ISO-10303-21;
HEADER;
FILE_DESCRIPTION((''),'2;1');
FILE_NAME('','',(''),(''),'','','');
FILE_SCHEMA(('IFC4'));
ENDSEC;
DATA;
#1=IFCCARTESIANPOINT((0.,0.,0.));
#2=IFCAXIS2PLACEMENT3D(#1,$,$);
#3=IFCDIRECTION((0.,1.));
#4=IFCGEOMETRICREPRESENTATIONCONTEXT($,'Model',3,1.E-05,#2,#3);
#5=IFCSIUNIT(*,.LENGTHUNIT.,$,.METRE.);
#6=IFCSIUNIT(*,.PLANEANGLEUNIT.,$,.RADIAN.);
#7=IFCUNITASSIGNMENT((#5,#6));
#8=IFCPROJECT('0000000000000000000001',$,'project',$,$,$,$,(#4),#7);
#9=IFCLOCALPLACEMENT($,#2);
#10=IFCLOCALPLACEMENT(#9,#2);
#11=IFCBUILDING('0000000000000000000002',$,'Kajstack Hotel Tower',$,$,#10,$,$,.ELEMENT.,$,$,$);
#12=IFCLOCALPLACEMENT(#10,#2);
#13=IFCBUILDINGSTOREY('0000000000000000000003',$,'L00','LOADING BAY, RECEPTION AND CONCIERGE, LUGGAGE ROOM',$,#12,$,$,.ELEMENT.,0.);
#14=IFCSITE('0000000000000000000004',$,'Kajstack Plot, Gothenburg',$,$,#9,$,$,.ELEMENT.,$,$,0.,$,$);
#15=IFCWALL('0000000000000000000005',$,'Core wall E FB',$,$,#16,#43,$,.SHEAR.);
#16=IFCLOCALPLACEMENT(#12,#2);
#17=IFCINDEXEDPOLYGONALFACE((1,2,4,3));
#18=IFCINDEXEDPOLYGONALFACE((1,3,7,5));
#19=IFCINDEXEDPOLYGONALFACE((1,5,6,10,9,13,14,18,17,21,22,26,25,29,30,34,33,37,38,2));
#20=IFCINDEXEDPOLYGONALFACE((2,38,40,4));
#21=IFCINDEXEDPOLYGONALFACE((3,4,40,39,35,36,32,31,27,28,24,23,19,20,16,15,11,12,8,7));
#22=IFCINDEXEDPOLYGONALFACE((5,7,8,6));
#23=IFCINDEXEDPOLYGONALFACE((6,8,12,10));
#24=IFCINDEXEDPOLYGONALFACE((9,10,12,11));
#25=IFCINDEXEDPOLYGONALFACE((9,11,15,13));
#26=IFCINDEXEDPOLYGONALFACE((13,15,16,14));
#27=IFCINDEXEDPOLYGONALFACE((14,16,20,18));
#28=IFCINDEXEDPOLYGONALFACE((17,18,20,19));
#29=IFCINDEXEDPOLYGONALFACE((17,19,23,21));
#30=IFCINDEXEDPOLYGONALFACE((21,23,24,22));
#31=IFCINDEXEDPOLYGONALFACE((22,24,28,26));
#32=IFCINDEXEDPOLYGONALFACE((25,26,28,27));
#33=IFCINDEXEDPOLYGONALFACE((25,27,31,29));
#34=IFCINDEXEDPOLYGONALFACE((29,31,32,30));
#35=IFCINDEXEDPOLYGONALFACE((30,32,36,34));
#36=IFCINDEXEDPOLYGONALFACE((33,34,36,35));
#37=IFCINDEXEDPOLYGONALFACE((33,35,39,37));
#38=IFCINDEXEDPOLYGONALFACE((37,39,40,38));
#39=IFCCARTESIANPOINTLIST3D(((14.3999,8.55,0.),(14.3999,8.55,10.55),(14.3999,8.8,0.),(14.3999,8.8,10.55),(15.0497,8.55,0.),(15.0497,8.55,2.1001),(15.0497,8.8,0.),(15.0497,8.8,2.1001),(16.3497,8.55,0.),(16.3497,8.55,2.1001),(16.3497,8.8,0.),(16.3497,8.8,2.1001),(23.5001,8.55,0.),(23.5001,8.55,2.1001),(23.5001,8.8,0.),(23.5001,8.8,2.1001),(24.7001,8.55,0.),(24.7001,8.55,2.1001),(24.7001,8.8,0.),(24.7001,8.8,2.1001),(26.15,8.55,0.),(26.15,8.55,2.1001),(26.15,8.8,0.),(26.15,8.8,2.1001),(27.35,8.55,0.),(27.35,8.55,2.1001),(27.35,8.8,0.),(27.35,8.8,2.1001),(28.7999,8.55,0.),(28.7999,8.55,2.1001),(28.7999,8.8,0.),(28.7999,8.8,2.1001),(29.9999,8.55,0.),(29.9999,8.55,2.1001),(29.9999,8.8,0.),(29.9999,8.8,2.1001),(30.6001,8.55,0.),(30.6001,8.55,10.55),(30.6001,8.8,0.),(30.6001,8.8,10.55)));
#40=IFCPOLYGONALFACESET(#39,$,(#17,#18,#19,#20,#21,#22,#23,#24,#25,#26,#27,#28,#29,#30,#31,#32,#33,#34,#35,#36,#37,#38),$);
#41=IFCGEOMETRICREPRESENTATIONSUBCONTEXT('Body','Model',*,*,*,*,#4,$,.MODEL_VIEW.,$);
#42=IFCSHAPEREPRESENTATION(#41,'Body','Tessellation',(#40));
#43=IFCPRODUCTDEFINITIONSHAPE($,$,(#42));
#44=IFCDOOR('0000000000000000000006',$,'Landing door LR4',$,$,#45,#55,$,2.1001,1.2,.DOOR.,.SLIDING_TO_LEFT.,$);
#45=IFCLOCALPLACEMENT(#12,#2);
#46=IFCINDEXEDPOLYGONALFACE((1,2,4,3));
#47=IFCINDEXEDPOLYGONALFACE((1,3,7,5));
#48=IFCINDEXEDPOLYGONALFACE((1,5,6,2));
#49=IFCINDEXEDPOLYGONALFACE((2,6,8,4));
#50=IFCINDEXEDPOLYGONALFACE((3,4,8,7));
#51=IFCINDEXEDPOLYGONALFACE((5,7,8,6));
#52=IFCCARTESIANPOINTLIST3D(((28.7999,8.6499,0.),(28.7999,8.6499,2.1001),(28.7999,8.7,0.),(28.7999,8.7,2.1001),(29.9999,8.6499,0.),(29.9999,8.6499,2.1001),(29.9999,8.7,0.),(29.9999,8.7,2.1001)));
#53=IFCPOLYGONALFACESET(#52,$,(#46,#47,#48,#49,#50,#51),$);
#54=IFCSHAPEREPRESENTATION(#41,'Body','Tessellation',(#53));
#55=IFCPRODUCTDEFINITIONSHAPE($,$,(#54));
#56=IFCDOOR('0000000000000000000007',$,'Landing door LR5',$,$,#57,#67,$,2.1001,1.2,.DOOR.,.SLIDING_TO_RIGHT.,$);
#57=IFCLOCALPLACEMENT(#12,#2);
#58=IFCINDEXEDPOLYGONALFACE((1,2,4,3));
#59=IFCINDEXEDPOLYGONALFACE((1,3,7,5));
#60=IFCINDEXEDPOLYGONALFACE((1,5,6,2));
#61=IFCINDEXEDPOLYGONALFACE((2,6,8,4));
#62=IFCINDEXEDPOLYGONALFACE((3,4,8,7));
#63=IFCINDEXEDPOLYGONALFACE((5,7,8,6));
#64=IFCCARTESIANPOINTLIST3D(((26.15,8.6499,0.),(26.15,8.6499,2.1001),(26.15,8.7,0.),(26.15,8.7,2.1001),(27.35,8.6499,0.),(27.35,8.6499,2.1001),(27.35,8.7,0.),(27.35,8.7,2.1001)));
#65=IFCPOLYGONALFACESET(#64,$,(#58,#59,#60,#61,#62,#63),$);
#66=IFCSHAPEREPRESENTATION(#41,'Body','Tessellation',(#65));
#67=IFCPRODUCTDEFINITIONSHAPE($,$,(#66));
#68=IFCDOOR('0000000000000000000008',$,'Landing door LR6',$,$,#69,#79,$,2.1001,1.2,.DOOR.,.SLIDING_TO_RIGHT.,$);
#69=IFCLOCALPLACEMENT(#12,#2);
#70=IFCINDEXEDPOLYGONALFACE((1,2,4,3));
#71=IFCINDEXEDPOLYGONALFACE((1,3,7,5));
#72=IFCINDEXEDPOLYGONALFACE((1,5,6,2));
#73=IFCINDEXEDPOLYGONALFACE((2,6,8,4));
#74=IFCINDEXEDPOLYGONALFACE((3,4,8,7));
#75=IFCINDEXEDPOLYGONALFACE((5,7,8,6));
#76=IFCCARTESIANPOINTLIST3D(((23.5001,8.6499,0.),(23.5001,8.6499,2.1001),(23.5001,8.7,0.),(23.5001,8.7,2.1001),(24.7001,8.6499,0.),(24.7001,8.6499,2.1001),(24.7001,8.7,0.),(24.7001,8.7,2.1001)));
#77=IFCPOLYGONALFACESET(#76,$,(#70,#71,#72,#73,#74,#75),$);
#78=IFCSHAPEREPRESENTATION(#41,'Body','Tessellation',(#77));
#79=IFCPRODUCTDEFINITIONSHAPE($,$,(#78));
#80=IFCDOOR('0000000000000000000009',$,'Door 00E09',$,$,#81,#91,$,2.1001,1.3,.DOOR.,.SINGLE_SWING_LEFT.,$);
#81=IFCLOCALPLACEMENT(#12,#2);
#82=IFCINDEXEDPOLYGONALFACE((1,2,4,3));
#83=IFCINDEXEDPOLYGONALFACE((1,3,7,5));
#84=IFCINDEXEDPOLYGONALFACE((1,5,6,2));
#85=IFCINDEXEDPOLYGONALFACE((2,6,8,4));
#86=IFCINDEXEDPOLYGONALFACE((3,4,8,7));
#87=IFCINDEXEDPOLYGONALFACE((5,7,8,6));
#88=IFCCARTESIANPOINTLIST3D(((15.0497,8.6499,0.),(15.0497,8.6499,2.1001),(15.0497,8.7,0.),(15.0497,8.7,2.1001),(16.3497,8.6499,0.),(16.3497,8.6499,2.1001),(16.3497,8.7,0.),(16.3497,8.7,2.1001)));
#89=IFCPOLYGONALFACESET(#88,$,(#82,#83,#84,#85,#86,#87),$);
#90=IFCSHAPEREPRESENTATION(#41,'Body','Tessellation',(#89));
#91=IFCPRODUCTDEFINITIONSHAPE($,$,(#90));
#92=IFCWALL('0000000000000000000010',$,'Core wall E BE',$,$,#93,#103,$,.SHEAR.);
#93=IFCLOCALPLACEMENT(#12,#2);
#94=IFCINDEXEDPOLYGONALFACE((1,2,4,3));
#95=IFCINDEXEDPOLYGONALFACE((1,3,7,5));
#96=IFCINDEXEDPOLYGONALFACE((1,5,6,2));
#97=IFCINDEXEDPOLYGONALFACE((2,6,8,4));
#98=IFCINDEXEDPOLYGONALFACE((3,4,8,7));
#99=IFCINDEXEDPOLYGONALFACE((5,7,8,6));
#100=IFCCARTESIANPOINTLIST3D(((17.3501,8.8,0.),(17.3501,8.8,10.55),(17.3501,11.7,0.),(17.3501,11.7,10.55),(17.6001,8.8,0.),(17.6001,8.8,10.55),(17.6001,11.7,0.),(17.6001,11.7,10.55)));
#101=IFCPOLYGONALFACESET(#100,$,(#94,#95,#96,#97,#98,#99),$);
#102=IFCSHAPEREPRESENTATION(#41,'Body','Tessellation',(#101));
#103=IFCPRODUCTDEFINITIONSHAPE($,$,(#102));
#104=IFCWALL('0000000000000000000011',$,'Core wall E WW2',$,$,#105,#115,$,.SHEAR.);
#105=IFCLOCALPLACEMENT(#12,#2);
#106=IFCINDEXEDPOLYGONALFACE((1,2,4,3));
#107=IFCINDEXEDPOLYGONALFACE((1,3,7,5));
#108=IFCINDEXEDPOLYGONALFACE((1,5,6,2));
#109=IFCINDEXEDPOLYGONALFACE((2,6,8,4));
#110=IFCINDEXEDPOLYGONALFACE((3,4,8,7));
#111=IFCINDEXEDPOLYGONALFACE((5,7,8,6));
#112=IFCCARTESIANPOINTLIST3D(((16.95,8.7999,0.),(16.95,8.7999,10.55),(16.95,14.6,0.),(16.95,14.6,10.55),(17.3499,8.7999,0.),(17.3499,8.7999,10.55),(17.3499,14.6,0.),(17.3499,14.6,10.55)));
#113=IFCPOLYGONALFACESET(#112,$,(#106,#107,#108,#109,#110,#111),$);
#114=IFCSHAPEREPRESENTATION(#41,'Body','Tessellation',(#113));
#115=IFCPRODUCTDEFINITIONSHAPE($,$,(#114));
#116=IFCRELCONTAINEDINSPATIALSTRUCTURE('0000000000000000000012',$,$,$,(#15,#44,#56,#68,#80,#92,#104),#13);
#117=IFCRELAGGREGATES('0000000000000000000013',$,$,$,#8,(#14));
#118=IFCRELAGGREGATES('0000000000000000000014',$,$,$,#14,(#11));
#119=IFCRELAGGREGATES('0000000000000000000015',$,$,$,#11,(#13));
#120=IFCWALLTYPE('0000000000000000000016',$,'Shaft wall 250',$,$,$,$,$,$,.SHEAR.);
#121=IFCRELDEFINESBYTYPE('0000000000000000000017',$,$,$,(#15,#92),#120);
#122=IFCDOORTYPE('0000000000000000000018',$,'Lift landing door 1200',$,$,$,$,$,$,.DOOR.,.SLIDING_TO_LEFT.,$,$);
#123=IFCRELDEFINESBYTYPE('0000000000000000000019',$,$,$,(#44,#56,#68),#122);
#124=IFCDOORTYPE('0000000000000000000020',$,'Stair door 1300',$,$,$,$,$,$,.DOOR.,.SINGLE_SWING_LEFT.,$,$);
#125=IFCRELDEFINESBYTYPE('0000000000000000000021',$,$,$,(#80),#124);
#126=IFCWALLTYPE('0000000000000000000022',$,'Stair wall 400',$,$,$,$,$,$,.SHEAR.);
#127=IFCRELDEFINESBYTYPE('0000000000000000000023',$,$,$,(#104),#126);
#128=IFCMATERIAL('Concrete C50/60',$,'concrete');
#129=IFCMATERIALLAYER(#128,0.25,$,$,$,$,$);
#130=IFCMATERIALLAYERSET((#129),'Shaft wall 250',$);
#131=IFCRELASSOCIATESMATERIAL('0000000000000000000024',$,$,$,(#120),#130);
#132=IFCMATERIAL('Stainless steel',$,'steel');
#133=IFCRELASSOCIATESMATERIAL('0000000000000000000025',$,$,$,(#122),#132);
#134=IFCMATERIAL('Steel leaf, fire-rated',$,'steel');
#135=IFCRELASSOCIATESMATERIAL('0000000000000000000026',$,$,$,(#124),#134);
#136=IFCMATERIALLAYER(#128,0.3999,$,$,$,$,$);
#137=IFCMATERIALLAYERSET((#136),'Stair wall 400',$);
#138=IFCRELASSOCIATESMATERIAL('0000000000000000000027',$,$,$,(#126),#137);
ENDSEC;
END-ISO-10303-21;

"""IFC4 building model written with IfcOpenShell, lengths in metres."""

from ifc_helpers import new_model, si_unit, direction, frame, frame_2d, origin, place, context, subcontext, project, spatial, rectangle, extrude, material, layer, layer_set, type_object, element, fill, save


model = new_model("IFC4")

# Units and contexts
model_context = context("Model", 3, precision=1e-05, world=origin(), true_north=direction((0.0, 1.0)))
body_context = subcontext(model_context, "Body", "Model", "MODEL_VIEW")
ifc_project = project(units=[si_unit("LENGTHUNIT", "METRE"), si_unit("PLANEANGLEUNIT", "RADIAN")], contexts=[model_context])

# Site, building, storey
site_placement = place(None, origin())
site = spatial("IfcSite", under=ifc_project, at=site_placement, Name="Kajstack Plot, Gothenburg", CompositionType="ELEMENT", RefElevation=0.0)
building_placement = place(site_placement, origin())
building = spatial("IfcBuilding", under=site, at=building_placement, Name="Kajstack Hotel Tower", CompositionType="ELEMENT")
storey_placement = place(building_placement, origin())
storey = spatial("IfcBuildingStorey", under=building, at=storey_placement, Name="L00", Description="LOADING BAY, RECEPTION AND CONCIERGE, LUGGAGE ROOM", CompositionType="ELEMENT", Elevation=0.0)

# Shared definitions
ifc_material_1 = material(Name="Concrete C50/60", Category="concrete")
ifc_layer_1 = layer(ifc_material_1, 0.25)
ifc_layer_set_1 = layer_set([ifc_layer_1], Name="Shaft wall 250")
wall_type_1 = type_object("IfcWallType", Name="Shaft wall 250", PredefinedType="SHEAR", material=ifc_layer_set_1)

# Wall, openings, doors
wall_1_placement = place(storey_placement, frame((14.3999, 8.675, 0.0), z_axis=(0.0, 0.0, 1.0), x_axis=(1.0, 0.0, 0.0)))
wall_1 = element("IfcWall", 1, at=wall_1_placement, inside=storey, type_object=wall_type_1, Name="Core wall E FB", PredefinedType="SHEAR", context=body_context, shape_type="SweptSolid", body=[
    extrude(rectangle(XDim=16.2002, YDim=0.25, at=frame_2d((8.1001, 0.0))), origin(), (0.0, 0.0, 1.0), 10.55),
])
opening_1_placement = place(wall_1_placement, frame((14.3999, 0.0, 0.0)))
opening_1 = element("IfcOpeningElement", 2, at=opening_1_placement, cuts=wall_1, PredefinedType="OPENING", context=body_context, shape_type="SweptSolid", body=[
    extrude(rectangle(XDim=1.2, YDim=2.1001, at=frame_2d((0.6001, 1.05))), frame((0.0, 0.135, 0.0), z_axis=(0.0, -1.0, 0.0), x_axis=(1.0, 0.0, 0.0)), (0.0, 0.0, 1.0), 0.27),
])
opening_2_placement = place(wall_1_placement, frame((11.75, 0.0, 0.0)))
opening_2 = element("IfcOpeningElement", 3, at=opening_2_placement, cuts=wall_1, PredefinedType="OPENING", context=body_context, shape_type="SweptSolid", body=[
    extrude(rectangle(XDim=1.2, YDim=2.1001, at=frame_2d((0.6001, 1.05))), frame((0.0, 0.135, 0.0), z_axis=(0.0, -1.0, 0.0), x_axis=(1.0, 0.0, 0.0)), (0.0, 0.0, 1.0), 0.27),
])
opening_3_placement = place(wall_1_placement, frame((9.1001, 0.0, 0.0)))
opening_3 = element("IfcOpeningElement", 4, at=opening_3_placement, cuts=wall_1, PredefinedType="OPENING", context=body_context, shape_type="SweptSolid", body=[
    extrude(rectangle(XDim=1.2, YDim=2.1001, at=frame_2d((0.6001, 1.05))), frame((0.0, 0.135, 0.0), z_axis=(0.0, -1.0, 0.0), x_axis=(1.0, 0.0, 0.0)), (0.0, 0.0, 1.0), 0.27),
])
opening_4_placement = place(wall_1_placement, frame((0.6499, 0.0, 0.0)))
opening_4 = element("IfcOpeningElement", 5, at=opening_4_placement, cuts=wall_1, PredefinedType="OPENING", context=body_context, shape_type="SweptSolid", body=[
    extrude(rectangle(XDim=1.3, YDim=2.1001, at=frame_2d((0.6499, 1.05))), frame((0.0, 0.135, 0.0), z_axis=(0.0, -1.0, 0.0), x_axis=(1.0, 0.0, 0.0)), (0.0, 0.0, 1.0), 0.27),
])
ifc_material_2 = material(Name="Stainless steel", Category="steel")
door_type_1 = type_object("IfcDoorType", Name="Lift landing door 1200", OperationType="SLIDING_TO_LEFT", PredefinedType="DOOR", material=ifc_material_2)
door_1_placement = place(opening_1_placement, origin())
door_1 = element("IfcDoor", 6, at=door_1_placement, inside=storey, type_object=door_type_1, Name="Landing door LR4", OperationType="SLIDING_TO_LEFT", OverallHeight=2.1001, OverallWidth=1.2, PredefinedType="DOOR", context=body_context, shape_type="SweptSolid", body=[
    extrude(rectangle(XDim=1.2, YDim=2.1001, at=frame_2d((0.6001, 1.05))), frame((0.0, 0.0249, 0.0), z_axis=(0.0, -1.0, 0.0), x_axis=(1.0, 0.0, 0.0)), (0.0, 0.0, 1.0), 0.05),
])
fill(opening_1, door_1)
door_2_placement = place(opening_2_placement, origin())
door_2 = element("IfcDoor", 7, at=door_2_placement, inside=storey, type_object=door_type_1, Name="Landing door LR5", OperationType="SLIDING_TO_RIGHT", OverallHeight=2.1001, OverallWidth=1.2, PredefinedType="DOOR", context=body_context, shape_type="SweptSolid", body=[
    extrude(rectangle(XDim=1.2, YDim=2.1001, at=frame_2d((0.6001, 1.05))), frame((0.0, 0.0249, 0.0), z_axis=(0.0, -1.0, 0.0), x_axis=(1.0, 0.0, 0.0)), (0.0, 0.0, 1.0), 0.05),
])
fill(opening_2, door_2)
door_3_placement = place(opening_3_placement, origin())
door_3 = element("IfcDoor", 8, at=door_3_placement, inside=storey, type_object=door_type_1, Name="Landing door LR6", OperationType="SLIDING_TO_RIGHT", OverallHeight=2.1001, OverallWidth=1.2, PredefinedType="DOOR", context=body_context, shape_type="SweptSolid", body=[
    extrude(rectangle(XDim=1.2, YDim=2.1001, at=frame_2d((0.6001, 1.05))), frame((0.0, 0.0249, 0.0), z_axis=(0.0, -1.0, 0.0), x_axis=(1.0, 0.0, 0.0)), (0.0, 0.0, 1.0), 0.05),
])
fill(opening_3, door_3)
ifc_material_3 = material(Name="Steel leaf, fire-rated", Category="steel")
door_type_2 = type_object("IfcDoorType", Name="Stair door 1300", OperationType="SINGLE_SWING_LEFT", PredefinedType="DOOR", material=ifc_material_3)
door_4_placement = place(opening_4_placement, origin())
door_4 = element("IfcDoor", 9, at=door_4_placement, inside=storey, type_object=door_type_2, Name="Door 00E09", OperationType="SINGLE_SWING_LEFT", OverallHeight=2.1001, OverallWidth=1.3, PredefinedType="DOOR", context=body_context, shape_type="SweptSolid", body=[
    extrude(rectangle(XDim=1.3, YDim=2.1001, at=frame_2d((0.6499, 1.05))), frame((0.0, 0.0249, 0.0), z_axis=(0.0, -1.0, 0.0), x_axis=(1.0, 0.0, 0.0)), (0.0, 0.0, 1.0), 0.05),
])
fill(opening_4, door_4)

# Walls
wall_2_placement = place(storey_placement, frame((17.4751, 8.8, 0.0), z_axis=(0.0, 0.0, 1.0), x_axis=(0.0, 1.0, 0.0)))
element("IfcWall", 10, at=wall_2_placement, inside=storey, type_object=wall_type_1, Name="Core wall E BE", PredefinedType="SHEAR", context=body_context, shape_type="SweptSolid", body=[
    extrude(rectangle(XDim=2.8999, YDim=0.25, at=frame_2d((1.45, 0.0))), origin(), (0.0, 0.0, 1.0), 10.55),
])
ifc_layer_2 = layer(ifc_material_1, 0.3999)
ifc_layer_set_2 = layer_set([ifc_layer_2], Name="Stair wall 400")
wall_type_2 = type_object("IfcWallType", Name="Stair wall 400", PredefinedType="SHEAR", material=ifc_layer_set_2)
wall_3_placement = place(storey_placement, frame((17.1499, 8.8, 0.0), z_axis=(0.0, 0.0, 1.0), x_axis=(0.0, 1.0, 0.0)))
element("IfcWall", 11, at=wall_3_placement, inside=storey, type_object=wall_type_2, Name="Core wall E WW2", PredefinedType="SHEAR", context=body_context, shape_type="SweptSolid", body=[
    extrude(rectangle(XDim=5.8, YDim=0.3999, at=frame_2d((2.8999, 0.0))), origin(), (0.0, 0.0, 1.0), 10.55),
])

save(model, "model.ifc")
